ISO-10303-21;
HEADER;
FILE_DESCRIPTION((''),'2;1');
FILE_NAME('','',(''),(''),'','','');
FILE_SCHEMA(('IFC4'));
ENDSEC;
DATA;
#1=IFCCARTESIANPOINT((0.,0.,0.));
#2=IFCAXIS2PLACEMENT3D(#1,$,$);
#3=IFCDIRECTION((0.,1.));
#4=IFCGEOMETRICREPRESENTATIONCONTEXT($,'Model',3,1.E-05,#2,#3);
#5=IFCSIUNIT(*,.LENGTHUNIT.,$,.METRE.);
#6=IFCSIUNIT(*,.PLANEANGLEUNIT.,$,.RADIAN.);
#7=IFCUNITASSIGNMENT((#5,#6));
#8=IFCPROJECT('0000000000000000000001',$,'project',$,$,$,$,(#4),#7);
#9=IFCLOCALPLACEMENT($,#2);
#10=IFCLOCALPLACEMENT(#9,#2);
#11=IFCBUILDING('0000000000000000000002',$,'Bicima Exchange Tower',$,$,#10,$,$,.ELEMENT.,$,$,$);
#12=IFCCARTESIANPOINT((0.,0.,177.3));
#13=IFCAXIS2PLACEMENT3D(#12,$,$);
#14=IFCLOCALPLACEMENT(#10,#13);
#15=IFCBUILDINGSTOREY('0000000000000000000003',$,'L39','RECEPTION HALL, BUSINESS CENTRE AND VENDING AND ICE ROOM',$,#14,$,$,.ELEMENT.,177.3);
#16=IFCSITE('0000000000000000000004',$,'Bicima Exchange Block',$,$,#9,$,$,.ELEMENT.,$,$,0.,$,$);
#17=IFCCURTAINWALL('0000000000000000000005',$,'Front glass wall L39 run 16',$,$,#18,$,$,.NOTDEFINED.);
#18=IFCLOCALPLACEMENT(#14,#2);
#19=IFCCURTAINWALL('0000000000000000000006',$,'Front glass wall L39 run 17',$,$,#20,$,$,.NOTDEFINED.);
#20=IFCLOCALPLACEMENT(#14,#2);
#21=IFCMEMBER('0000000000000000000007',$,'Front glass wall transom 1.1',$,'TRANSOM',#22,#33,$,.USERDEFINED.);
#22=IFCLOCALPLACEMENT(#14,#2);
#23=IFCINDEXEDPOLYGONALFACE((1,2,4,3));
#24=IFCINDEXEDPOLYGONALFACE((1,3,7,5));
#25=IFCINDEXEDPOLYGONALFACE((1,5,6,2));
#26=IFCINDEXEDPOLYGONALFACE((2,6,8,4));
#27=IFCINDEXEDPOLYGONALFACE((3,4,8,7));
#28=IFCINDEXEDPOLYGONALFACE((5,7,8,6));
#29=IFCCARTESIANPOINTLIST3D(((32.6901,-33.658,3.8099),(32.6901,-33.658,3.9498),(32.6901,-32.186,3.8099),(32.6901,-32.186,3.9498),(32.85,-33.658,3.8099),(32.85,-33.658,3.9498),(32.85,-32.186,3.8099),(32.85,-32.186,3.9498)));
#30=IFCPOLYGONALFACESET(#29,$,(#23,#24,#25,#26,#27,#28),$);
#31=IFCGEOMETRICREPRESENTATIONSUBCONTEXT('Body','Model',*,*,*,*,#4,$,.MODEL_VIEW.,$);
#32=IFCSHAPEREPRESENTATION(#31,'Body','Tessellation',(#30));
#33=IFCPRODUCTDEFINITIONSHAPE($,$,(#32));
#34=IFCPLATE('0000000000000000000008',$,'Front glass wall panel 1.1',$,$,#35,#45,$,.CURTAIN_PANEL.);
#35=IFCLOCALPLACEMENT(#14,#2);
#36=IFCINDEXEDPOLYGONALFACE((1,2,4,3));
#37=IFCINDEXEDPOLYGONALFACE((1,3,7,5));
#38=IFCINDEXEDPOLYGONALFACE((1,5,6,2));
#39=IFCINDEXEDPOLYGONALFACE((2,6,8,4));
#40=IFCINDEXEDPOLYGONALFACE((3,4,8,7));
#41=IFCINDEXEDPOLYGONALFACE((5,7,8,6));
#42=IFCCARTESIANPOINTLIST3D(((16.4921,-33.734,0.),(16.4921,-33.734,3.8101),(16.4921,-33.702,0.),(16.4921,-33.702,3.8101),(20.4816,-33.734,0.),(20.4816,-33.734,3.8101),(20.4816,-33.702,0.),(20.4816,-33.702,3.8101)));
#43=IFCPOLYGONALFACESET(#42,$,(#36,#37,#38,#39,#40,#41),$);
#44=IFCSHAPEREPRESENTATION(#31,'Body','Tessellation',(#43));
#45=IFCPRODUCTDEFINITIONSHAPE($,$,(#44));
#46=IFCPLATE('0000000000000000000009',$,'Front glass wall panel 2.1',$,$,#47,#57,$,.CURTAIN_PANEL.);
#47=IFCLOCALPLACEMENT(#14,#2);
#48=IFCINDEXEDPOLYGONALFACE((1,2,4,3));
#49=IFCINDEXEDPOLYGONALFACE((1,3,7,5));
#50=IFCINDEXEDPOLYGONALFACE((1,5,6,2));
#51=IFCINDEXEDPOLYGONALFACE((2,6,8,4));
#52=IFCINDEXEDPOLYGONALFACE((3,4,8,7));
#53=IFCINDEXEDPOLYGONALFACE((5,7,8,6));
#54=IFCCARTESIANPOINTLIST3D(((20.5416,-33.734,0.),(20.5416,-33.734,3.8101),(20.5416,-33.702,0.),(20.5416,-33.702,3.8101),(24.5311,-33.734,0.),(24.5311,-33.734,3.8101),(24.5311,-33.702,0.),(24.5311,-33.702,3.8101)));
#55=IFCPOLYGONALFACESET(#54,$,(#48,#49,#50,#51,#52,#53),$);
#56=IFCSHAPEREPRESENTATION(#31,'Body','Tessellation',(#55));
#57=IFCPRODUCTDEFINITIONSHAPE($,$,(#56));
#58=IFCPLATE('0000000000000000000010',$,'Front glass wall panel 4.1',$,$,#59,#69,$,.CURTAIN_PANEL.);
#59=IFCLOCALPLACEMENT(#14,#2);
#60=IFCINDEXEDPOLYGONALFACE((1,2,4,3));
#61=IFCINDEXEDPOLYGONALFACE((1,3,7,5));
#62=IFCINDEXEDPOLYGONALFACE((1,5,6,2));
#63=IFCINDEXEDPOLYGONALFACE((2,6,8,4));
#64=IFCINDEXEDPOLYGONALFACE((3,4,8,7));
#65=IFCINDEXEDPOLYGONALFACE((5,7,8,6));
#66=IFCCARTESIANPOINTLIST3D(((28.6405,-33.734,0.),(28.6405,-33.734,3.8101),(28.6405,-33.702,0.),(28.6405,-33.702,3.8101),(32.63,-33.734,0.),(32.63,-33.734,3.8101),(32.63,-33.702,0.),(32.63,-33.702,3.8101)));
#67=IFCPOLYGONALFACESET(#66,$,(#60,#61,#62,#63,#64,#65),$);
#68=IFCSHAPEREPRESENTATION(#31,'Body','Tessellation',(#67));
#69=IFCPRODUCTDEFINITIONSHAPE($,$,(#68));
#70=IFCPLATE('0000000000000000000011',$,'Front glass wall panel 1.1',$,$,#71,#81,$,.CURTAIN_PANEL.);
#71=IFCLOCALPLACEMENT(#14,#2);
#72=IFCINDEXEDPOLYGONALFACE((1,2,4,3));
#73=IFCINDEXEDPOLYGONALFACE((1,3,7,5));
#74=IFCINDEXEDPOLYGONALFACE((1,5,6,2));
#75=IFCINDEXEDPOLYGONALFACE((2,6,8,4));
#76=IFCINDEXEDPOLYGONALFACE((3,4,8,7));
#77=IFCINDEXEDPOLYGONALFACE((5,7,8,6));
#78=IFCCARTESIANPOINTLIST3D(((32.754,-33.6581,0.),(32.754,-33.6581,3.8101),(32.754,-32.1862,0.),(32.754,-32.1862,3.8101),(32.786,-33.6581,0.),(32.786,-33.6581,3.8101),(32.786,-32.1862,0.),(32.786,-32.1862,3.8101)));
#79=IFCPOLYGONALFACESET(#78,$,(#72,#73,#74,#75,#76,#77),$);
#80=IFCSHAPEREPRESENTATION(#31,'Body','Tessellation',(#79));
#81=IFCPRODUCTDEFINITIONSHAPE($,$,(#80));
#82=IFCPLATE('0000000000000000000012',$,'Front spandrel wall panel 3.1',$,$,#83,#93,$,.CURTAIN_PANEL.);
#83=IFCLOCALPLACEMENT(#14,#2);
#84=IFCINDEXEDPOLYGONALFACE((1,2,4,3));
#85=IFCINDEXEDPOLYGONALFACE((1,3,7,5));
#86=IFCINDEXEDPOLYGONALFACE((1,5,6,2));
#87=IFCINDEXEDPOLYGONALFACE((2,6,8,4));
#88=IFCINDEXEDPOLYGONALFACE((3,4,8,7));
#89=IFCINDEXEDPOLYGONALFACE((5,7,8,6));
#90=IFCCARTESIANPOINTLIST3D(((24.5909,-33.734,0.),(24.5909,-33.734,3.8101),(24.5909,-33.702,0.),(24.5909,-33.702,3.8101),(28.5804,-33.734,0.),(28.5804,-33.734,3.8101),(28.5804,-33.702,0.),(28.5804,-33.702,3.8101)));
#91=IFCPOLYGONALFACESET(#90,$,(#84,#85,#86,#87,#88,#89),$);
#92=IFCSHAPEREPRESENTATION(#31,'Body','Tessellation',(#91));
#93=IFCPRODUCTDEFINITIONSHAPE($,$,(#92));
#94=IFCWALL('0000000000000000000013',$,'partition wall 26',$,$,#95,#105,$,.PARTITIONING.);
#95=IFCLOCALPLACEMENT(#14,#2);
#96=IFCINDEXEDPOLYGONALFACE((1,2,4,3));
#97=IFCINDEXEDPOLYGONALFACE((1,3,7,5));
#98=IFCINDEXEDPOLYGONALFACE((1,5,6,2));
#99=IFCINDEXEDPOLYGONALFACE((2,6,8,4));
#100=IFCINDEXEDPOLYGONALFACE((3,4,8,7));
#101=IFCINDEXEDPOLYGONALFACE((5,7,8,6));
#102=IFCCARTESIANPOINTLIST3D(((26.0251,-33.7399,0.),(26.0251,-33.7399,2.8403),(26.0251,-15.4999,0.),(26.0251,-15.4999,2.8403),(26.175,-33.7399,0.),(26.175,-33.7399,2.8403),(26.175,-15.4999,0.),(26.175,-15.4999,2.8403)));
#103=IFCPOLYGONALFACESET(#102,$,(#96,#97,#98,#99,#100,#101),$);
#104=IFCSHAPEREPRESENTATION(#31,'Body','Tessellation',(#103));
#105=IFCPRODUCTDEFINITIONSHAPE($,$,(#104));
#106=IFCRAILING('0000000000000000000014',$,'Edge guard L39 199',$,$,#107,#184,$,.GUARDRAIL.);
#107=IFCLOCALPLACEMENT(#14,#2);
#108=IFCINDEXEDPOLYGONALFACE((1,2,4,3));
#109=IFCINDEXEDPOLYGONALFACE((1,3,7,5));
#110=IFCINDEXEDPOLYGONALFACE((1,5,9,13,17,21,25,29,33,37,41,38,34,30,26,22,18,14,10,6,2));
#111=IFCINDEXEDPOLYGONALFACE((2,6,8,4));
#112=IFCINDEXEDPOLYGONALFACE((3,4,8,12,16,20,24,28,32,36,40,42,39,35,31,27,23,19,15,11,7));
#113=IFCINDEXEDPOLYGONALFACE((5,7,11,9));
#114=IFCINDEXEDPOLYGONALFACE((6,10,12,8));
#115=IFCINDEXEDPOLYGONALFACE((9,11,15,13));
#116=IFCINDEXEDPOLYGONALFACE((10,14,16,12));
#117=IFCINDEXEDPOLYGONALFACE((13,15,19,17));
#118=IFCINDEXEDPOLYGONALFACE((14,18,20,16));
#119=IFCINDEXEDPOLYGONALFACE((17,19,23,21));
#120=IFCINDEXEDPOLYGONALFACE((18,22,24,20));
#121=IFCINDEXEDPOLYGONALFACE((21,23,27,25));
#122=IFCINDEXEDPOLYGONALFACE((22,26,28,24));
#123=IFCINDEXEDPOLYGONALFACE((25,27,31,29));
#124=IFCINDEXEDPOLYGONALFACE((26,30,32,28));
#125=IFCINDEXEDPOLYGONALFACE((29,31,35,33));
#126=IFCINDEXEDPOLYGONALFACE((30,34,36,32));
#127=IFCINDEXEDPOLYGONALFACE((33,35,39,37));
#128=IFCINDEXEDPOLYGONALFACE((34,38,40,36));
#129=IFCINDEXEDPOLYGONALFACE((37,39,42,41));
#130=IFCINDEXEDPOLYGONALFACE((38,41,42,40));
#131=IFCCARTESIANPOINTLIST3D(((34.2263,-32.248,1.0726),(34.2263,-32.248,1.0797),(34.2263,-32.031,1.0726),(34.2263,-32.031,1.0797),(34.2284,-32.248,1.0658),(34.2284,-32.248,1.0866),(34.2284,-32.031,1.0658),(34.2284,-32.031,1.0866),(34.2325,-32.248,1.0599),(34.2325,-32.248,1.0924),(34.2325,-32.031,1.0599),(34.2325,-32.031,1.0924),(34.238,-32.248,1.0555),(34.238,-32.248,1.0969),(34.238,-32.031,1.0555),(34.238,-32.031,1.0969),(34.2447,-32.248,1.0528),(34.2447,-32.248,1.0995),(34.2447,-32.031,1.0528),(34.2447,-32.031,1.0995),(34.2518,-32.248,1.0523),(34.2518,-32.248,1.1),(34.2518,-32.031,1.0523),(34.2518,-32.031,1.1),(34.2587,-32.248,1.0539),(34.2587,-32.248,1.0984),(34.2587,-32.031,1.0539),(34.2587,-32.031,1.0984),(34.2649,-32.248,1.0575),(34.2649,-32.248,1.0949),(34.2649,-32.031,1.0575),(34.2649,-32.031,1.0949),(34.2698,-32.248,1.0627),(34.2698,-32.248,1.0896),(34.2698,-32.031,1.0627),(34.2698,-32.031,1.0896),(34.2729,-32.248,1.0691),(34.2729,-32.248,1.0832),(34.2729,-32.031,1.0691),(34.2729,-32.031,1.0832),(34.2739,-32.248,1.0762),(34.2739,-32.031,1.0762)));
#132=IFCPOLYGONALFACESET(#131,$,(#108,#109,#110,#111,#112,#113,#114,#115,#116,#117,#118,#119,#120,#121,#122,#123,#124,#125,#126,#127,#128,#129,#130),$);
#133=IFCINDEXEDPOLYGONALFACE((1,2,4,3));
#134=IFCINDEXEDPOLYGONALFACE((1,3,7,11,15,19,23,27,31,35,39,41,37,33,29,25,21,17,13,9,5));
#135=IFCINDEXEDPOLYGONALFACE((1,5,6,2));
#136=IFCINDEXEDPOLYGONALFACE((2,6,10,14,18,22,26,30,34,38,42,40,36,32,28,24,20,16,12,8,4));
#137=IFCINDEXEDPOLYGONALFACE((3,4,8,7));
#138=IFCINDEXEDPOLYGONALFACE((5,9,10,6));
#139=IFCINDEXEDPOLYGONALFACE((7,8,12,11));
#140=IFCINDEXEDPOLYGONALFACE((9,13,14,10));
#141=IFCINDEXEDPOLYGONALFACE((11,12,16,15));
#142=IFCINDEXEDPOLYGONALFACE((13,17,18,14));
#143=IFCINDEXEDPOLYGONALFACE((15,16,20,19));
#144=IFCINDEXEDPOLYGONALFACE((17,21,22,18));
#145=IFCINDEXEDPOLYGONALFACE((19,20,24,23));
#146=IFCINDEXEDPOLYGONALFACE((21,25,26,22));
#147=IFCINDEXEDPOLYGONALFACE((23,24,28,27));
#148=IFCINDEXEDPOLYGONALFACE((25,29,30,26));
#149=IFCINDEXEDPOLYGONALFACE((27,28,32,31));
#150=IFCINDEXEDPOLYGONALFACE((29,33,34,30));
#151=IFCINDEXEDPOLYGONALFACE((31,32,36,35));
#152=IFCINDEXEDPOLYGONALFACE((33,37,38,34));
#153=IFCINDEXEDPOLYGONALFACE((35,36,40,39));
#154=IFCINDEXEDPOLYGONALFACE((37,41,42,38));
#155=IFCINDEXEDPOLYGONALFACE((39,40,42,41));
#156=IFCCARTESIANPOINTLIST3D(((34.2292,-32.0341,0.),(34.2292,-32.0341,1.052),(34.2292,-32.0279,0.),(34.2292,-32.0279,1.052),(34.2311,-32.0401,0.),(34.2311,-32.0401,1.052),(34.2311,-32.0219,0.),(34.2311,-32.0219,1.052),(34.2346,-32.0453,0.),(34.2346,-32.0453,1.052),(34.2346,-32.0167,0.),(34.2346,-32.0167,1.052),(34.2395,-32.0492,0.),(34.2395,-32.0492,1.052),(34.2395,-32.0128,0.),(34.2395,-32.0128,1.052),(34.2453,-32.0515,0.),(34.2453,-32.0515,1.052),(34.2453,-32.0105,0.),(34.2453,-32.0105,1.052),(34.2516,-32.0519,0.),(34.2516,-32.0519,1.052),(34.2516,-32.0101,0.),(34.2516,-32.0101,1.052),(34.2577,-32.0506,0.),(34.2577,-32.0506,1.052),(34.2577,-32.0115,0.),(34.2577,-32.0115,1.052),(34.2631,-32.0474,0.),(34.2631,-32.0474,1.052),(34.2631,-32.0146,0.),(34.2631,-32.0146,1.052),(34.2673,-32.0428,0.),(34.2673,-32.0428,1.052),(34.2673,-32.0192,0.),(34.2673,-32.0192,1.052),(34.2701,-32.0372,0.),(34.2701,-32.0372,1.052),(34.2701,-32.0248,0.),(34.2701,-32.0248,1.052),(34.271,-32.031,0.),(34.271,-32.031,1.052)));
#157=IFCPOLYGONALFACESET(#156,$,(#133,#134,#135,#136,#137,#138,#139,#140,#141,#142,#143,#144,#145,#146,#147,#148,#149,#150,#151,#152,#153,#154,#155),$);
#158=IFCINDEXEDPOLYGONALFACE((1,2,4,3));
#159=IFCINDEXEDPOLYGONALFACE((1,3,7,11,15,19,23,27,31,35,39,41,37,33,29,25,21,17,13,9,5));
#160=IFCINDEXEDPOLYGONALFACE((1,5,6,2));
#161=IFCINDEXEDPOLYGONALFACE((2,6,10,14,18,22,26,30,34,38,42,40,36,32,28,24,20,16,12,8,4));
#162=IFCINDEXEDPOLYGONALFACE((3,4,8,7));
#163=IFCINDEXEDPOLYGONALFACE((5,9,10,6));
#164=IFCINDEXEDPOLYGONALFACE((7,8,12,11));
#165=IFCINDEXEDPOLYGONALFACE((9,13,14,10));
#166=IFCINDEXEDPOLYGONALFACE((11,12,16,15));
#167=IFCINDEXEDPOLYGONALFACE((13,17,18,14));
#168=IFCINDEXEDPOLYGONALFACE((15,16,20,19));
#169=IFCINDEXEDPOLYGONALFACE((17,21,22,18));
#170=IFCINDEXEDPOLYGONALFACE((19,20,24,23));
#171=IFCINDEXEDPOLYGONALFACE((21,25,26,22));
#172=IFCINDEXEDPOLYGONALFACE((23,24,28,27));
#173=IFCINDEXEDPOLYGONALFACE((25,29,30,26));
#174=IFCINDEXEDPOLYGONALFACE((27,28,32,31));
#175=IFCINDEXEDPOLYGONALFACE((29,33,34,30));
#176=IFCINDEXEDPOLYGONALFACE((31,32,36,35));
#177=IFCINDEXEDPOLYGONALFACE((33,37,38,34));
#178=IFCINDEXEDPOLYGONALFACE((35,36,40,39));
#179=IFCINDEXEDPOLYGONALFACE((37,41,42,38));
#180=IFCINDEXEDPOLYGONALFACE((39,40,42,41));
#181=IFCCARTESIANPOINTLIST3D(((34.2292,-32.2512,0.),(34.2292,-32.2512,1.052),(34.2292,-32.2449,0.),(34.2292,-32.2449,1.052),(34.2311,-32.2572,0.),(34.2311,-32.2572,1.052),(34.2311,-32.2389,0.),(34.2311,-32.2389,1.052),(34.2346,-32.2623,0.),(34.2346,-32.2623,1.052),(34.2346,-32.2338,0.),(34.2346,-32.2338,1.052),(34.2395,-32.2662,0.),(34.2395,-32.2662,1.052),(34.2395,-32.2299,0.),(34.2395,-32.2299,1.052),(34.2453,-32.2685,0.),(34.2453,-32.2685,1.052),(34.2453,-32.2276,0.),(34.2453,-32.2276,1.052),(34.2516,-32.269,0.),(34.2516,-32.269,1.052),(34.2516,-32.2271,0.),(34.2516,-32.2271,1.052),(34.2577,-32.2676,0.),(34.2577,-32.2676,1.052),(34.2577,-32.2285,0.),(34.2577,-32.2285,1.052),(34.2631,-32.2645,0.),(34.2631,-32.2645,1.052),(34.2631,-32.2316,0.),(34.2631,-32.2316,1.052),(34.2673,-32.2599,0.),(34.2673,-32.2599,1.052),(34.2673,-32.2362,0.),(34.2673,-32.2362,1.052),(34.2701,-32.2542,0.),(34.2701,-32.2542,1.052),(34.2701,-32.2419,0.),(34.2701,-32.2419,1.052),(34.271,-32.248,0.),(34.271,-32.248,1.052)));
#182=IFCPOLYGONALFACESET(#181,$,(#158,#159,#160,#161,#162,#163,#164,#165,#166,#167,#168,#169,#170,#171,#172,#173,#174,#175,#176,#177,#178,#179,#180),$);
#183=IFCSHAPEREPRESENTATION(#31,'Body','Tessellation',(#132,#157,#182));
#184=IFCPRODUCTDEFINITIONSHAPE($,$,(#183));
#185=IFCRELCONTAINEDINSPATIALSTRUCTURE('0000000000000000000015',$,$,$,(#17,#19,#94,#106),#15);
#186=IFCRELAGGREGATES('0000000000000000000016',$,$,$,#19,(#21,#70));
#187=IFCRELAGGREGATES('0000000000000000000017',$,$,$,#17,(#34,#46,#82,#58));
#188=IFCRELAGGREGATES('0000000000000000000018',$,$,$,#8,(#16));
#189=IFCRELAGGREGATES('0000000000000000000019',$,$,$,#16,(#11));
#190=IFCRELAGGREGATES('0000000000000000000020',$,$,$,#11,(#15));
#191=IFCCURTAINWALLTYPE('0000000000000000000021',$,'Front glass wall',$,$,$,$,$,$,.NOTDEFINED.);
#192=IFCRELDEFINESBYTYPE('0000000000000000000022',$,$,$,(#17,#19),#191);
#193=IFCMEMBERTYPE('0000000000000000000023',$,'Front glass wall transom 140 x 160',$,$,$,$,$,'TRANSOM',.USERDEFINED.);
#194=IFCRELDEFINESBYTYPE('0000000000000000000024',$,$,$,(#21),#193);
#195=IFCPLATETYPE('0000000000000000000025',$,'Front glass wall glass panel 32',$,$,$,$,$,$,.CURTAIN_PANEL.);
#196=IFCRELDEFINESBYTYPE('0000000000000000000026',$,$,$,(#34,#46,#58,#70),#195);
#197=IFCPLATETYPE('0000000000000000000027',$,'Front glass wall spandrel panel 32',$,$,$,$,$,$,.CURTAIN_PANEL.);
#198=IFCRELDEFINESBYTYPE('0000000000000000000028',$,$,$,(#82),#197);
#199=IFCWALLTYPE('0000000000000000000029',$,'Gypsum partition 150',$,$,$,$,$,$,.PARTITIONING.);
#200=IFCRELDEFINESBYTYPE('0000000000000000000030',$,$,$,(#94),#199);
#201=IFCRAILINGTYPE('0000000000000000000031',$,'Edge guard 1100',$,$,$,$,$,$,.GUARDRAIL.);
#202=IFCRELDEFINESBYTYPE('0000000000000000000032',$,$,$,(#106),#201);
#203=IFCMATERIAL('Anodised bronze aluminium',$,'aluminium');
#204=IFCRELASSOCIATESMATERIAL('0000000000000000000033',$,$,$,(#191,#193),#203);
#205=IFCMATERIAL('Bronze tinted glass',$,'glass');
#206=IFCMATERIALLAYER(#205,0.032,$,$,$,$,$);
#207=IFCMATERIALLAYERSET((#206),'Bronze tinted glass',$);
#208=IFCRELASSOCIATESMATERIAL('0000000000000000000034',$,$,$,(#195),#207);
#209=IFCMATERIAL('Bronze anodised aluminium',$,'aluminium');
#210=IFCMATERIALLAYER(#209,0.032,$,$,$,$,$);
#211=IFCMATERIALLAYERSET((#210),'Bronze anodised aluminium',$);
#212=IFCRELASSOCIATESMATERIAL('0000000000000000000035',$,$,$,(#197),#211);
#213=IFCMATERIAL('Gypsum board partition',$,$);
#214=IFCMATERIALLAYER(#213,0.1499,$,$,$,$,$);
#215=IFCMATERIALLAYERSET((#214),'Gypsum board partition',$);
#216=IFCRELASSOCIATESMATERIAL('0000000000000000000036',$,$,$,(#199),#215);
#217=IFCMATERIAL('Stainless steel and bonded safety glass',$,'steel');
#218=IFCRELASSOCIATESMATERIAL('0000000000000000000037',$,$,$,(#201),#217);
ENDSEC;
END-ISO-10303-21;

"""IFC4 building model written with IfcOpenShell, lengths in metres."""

from ifc_helpers import new_model, si_unit, direction, frame, frame_2d, origin, origin_2d, place, context, subcontext, project, spatial, rectangle, circle, extrude, material, layer, layer_set, material_profile, profile_set, type_object, element, aggregate, save


model = new_model("IFC4")

# Units and contexts
model_context = context("Model", 3, precision=1e-05, world=origin(), true_north=direction((0.0, 1.0)))
body_context = subcontext(model_context, "Body", "Model", "MODEL_VIEW")
ifc_project = project(units=[si_unit("LENGTHUNIT", "METRE"), si_unit("PLANEANGLEUNIT", "RADIAN")], contexts=[model_context])

# Site, building, storey
site_placement = place(None, origin())
site = spatial("IfcSite", under=ifc_project, at=site_placement, Name="Bicima Exchange Block", CompositionType="ELEMENT", RefElevation=0.0)
building_placement = place(site_placement, origin())
building = spatial("IfcBuilding", under=site, at=building_placement, Name="Bicima Exchange Tower", CompositionType="ELEMENT")
storey_placement = place(building_placement, frame((0.0, 0.0, 177.3)))
storey = spatial("IfcBuildingStorey", under=building, at=storey_placement, Name="L39", Description="RECEPTION HALL, BUSINESS CENTRE AND VENDING AND ICE ROOM", CompositionType="ELEMENT", Elevation=177.3)

# Curtain walls
ifc_material_1 = material(Name="Anodised bronze aluminium", Category="aluminium")
curtain_wall_type = type_object("IfcCurtainWallType", Name="Front glass wall", PredefinedType="NOTDEFINED", material=ifc_material_1)
curtain_wall_1_placement = place(storey_placement, origin())
curtain_wall_1 = element("IfcCurtainWall", 1, at=curtain_wall_1_placement, inside=storey, type_object=curtain_wall_type, Name="Front glass wall L39 run 16", PredefinedType="NOTDEFINED")
curtain_wall_2_placement = place(storey_placement, origin())
curtain_wall_2 = element("IfcCurtainWall", 2, at=curtain_wall_2_placement, inside=storey, type_object=curtain_wall_type, Name="Front glass wall L39 run 17", PredefinedType="NOTDEFINED")

# Member
ifc_material_profile_1 = material_profile(ifc_material_1, rectangle(XDim=0.1599, YDim=0.1399, at=origin_2d()))
ifc_profile_set_1 = profile_set([ifc_material_profile_1], Name="Anodised bronze aluminium")
member_type_1 = type_object("IfcMemberType", Name="Front glass wall transom 140 x 160", ElementType="TRANSOM", PredefinedType="USERDEFINED", material=ifc_profile_set_1)
member_1_placement = place(storey_placement, frame((32.77, -33.658, 3.8799), z_axis=(0.0, 1.0, 0.0), x_axis=(-1.0, 0.0, 0.0)))
member_1 = element("IfcMember", 3, at=member_1_placement, type_object=member_type_1, Name="Front glass wall transom 1.1", ObjectType="TRANSOM", PredefinedType="USERDEFINED", context=body_context, shape_type="SweptSolid", body=[
    extrude(rectangle(XDim=0.1599, YDim=0.1399, at=origin_2d()), origin(), (0.0, 0.0, 1.0), 1.4719),
])

# Plates
ifc_material_2 = material(Name="Bronze tinted glass", Category="glass")
ifc_layer_1 = layer(ifc_material_2, 0.032)
ifc_layer_set_1 = layer_set([ifc_layer_1], Name="Bronze tinted glass")
plate_type_1 = type_object("IfcPlateType", Name="Front glass wall glass panel 32", PredefinedType="CURTAIN_PANEL", material=ifc_layer_set_1)
plate_1_placement = place(storey_placement, frame((18.4868, -33.718, 0.0), z_axis=(0.0, 0.0, 1.0), x_axis=(1.0, 0.0, 0.0)))
plate_1 = element("IfcPlate", 4, at=plate_1_placement, type_object=plate_type_1, Name="Front glass wall panel 1.1", PredefinedType="CURTAIN_PANEL", context=body_context, shape_type="SweptSolid", body=[
    extrude(rectangle(XDim=3.9895, YDim=0.032, at=origin_2d()), origin(), (0.0, 0.0, 1.0), 3.8101),
])
plate_2_placement = place(storey_placement, frame((22.5364, -33.718, 0.0), z_axis=(0.0, 0.0, 1.0), x_axis=(1.0, 0.0, 0.0)))
plate_2 = element("IfcPlate", 5, at=plate_2_placement, type_object=plate_type_1, Name="Front glass wall panel 2.1", PredefinedType="CURTAIN_PANEL", context=body_context, shape_type="SweptSolid", body=[
    extrude(rectangle(XDim=3.9895, YDim=0.032, at=origin_2d()), origin(), (0.0, 0.0, 1.0), 3.8101),
])
plate_3_placement = place(storey_placement, frame((30.6353, -33.718, 0.0), z_axis=(0.0, 0.0, 1.0), x_axis=(1.0, 0.0, 0.0)))
plate_3 = element("IfcPlate", 6, at=plate_3_placement, type_object=plate_type_1, Name="Front glass wall panel 4.1", PredefinedType="CURTAIN_PANEL", context=body_context, shape_type="SweptSolid", body=[
    extrude(rectangle(XDim=3.9895, YDim=0.032, at=origin_2d()), origin(), (0.0, 0.0, 1.0), 3.8101),
])
plate_4_placement = place(storey_placement, frame((32.77, -32.9221, 0.0), z_axis=(0.0, 0.0, 1.0), x_axis=(0.0, 1.0, 0.0)))
plate_4 = element("IfcPlate", 7, at=plate_4_placement, type_object=plate_type_1, Name="Front glass wall panel 1.1", PredefinedType="CURTAIN_PANEL", context=body_context, shape_type="SweptSolid", body=[
    extrude(rectangle(XDim=1.4719, YDim=0.032, at=origin_2d()), origin(), (0.0, 0.0, 1.0), 3.8101),
])
aggregate(curtain_wall_2, [member_1, plate_4])
ifc_material_3 = material(Name="Bronze anodised aluminium", Category="aluminium")
ifc_layer_2 = layer(ifc_material_3, 0.032)
ifc_layer_set_2 = layer_set([ifc_layer_2], Name="Bronze anodised aluminium")
plate_type_2 = type_object("IfcPlateType", Name="Front glass wall spandrel panel 32", PredefinedType="CURTAIN_PANEL", material=ifc_layer_set_2)
plate_5_placement = place(storey_placement, frame((26.5857, -33.718, 0.0), z_axis=(0.0, 0.0, 1.0), x_axis=(1.0, 0.0, 0.0)))
plate_5 = element("IfcPlate", 8, at=plate_5_placement, type_object=plate_type_2, Name="Front spandrel wall panel 3.1", PredefinedType="CURTAIN_PANEL", context=body_context, shape_type="SweptSolid", body=[
    extrude(rectangle(XDim=3.9895, YDim=0.032, at=origin_2d()), origin(), (0.0, 0.0, 1.0), 3.8101),
])
aggregate(curtain_wall_1, [plate_1, plate_2, plate_5, plate_3])

# Wall
ifc_material_4 = material(Name="Gypsum board partition")
ifc_layer_3 = layer(ifc_material_4, 0.1499)
ifc_layer_set_3 = layer_set([ifc_layer_3], Name="Gypsum board partition")
wall_type = type_object("IfcWallType", Name="Gypsum partition 150", PredefinedType="PARTITIONING", material=ifc_layer_set_3)
wall_placement = place(storey_placement, frame((26.1001, -33.74, 0.0), z_axis=(0.0, 0.0, 1.0), x_axis=(0.0, 1.0, 0.0)))
element("IfcWall", 9, at=wall_placement, inside=storey, type_object=wall_type, Name="partition wall 26", PredefinedType="PARTITIONING", context=body_context, shape_type="SweptSolid", body=[
    extrude(rectangle(XDim=18.24, YDim=0.1499, at=frame_2d((9.1201, 0.0))), origin(), (0.0, 0.0, 1.0), 2.8403),
])

# Railing
ifc_material_5 = material(Name="Stainless steel and bonded safety glass", Category="steel")
railing_type = type_object("IfcRailingType", Name="Edge guard 1100", PredefinedType="GUARDRAIL", material=ifc_material_5)
railing_1_placement = place(storey_placement, frame((34.25, -32.031, 0.0)))
element("IfcRailing", 10, at=railing_1_placement, inside=storey, type_object=railing_type, Name="Edge guard L39 199", PredefinedType="GUARDRAIL", context=body_context, shape_type="SweptSolid", body=[
    extrude(circle(Radius=0.0239, at=origin_2d()), frame((0.0, 0.0, 1.0762), z_axis=(0.0, -1.0, 0.0), x_axis=(1.0, 0.0, 0.0)), (0.0, 0.0, 1.0), 0.217),
    extrude(circle(Radius=0.021, at=origin_2d()), origin(), (0.0, 0.0, 1.0), 1.052),
    extrude(circle(Radius=0.021, at=origin_2d()), frame((0.0, -0.217, 0.0)), (0.0, 0.0, 1.0), 1.052),
])

save(model, "model.ifc")
